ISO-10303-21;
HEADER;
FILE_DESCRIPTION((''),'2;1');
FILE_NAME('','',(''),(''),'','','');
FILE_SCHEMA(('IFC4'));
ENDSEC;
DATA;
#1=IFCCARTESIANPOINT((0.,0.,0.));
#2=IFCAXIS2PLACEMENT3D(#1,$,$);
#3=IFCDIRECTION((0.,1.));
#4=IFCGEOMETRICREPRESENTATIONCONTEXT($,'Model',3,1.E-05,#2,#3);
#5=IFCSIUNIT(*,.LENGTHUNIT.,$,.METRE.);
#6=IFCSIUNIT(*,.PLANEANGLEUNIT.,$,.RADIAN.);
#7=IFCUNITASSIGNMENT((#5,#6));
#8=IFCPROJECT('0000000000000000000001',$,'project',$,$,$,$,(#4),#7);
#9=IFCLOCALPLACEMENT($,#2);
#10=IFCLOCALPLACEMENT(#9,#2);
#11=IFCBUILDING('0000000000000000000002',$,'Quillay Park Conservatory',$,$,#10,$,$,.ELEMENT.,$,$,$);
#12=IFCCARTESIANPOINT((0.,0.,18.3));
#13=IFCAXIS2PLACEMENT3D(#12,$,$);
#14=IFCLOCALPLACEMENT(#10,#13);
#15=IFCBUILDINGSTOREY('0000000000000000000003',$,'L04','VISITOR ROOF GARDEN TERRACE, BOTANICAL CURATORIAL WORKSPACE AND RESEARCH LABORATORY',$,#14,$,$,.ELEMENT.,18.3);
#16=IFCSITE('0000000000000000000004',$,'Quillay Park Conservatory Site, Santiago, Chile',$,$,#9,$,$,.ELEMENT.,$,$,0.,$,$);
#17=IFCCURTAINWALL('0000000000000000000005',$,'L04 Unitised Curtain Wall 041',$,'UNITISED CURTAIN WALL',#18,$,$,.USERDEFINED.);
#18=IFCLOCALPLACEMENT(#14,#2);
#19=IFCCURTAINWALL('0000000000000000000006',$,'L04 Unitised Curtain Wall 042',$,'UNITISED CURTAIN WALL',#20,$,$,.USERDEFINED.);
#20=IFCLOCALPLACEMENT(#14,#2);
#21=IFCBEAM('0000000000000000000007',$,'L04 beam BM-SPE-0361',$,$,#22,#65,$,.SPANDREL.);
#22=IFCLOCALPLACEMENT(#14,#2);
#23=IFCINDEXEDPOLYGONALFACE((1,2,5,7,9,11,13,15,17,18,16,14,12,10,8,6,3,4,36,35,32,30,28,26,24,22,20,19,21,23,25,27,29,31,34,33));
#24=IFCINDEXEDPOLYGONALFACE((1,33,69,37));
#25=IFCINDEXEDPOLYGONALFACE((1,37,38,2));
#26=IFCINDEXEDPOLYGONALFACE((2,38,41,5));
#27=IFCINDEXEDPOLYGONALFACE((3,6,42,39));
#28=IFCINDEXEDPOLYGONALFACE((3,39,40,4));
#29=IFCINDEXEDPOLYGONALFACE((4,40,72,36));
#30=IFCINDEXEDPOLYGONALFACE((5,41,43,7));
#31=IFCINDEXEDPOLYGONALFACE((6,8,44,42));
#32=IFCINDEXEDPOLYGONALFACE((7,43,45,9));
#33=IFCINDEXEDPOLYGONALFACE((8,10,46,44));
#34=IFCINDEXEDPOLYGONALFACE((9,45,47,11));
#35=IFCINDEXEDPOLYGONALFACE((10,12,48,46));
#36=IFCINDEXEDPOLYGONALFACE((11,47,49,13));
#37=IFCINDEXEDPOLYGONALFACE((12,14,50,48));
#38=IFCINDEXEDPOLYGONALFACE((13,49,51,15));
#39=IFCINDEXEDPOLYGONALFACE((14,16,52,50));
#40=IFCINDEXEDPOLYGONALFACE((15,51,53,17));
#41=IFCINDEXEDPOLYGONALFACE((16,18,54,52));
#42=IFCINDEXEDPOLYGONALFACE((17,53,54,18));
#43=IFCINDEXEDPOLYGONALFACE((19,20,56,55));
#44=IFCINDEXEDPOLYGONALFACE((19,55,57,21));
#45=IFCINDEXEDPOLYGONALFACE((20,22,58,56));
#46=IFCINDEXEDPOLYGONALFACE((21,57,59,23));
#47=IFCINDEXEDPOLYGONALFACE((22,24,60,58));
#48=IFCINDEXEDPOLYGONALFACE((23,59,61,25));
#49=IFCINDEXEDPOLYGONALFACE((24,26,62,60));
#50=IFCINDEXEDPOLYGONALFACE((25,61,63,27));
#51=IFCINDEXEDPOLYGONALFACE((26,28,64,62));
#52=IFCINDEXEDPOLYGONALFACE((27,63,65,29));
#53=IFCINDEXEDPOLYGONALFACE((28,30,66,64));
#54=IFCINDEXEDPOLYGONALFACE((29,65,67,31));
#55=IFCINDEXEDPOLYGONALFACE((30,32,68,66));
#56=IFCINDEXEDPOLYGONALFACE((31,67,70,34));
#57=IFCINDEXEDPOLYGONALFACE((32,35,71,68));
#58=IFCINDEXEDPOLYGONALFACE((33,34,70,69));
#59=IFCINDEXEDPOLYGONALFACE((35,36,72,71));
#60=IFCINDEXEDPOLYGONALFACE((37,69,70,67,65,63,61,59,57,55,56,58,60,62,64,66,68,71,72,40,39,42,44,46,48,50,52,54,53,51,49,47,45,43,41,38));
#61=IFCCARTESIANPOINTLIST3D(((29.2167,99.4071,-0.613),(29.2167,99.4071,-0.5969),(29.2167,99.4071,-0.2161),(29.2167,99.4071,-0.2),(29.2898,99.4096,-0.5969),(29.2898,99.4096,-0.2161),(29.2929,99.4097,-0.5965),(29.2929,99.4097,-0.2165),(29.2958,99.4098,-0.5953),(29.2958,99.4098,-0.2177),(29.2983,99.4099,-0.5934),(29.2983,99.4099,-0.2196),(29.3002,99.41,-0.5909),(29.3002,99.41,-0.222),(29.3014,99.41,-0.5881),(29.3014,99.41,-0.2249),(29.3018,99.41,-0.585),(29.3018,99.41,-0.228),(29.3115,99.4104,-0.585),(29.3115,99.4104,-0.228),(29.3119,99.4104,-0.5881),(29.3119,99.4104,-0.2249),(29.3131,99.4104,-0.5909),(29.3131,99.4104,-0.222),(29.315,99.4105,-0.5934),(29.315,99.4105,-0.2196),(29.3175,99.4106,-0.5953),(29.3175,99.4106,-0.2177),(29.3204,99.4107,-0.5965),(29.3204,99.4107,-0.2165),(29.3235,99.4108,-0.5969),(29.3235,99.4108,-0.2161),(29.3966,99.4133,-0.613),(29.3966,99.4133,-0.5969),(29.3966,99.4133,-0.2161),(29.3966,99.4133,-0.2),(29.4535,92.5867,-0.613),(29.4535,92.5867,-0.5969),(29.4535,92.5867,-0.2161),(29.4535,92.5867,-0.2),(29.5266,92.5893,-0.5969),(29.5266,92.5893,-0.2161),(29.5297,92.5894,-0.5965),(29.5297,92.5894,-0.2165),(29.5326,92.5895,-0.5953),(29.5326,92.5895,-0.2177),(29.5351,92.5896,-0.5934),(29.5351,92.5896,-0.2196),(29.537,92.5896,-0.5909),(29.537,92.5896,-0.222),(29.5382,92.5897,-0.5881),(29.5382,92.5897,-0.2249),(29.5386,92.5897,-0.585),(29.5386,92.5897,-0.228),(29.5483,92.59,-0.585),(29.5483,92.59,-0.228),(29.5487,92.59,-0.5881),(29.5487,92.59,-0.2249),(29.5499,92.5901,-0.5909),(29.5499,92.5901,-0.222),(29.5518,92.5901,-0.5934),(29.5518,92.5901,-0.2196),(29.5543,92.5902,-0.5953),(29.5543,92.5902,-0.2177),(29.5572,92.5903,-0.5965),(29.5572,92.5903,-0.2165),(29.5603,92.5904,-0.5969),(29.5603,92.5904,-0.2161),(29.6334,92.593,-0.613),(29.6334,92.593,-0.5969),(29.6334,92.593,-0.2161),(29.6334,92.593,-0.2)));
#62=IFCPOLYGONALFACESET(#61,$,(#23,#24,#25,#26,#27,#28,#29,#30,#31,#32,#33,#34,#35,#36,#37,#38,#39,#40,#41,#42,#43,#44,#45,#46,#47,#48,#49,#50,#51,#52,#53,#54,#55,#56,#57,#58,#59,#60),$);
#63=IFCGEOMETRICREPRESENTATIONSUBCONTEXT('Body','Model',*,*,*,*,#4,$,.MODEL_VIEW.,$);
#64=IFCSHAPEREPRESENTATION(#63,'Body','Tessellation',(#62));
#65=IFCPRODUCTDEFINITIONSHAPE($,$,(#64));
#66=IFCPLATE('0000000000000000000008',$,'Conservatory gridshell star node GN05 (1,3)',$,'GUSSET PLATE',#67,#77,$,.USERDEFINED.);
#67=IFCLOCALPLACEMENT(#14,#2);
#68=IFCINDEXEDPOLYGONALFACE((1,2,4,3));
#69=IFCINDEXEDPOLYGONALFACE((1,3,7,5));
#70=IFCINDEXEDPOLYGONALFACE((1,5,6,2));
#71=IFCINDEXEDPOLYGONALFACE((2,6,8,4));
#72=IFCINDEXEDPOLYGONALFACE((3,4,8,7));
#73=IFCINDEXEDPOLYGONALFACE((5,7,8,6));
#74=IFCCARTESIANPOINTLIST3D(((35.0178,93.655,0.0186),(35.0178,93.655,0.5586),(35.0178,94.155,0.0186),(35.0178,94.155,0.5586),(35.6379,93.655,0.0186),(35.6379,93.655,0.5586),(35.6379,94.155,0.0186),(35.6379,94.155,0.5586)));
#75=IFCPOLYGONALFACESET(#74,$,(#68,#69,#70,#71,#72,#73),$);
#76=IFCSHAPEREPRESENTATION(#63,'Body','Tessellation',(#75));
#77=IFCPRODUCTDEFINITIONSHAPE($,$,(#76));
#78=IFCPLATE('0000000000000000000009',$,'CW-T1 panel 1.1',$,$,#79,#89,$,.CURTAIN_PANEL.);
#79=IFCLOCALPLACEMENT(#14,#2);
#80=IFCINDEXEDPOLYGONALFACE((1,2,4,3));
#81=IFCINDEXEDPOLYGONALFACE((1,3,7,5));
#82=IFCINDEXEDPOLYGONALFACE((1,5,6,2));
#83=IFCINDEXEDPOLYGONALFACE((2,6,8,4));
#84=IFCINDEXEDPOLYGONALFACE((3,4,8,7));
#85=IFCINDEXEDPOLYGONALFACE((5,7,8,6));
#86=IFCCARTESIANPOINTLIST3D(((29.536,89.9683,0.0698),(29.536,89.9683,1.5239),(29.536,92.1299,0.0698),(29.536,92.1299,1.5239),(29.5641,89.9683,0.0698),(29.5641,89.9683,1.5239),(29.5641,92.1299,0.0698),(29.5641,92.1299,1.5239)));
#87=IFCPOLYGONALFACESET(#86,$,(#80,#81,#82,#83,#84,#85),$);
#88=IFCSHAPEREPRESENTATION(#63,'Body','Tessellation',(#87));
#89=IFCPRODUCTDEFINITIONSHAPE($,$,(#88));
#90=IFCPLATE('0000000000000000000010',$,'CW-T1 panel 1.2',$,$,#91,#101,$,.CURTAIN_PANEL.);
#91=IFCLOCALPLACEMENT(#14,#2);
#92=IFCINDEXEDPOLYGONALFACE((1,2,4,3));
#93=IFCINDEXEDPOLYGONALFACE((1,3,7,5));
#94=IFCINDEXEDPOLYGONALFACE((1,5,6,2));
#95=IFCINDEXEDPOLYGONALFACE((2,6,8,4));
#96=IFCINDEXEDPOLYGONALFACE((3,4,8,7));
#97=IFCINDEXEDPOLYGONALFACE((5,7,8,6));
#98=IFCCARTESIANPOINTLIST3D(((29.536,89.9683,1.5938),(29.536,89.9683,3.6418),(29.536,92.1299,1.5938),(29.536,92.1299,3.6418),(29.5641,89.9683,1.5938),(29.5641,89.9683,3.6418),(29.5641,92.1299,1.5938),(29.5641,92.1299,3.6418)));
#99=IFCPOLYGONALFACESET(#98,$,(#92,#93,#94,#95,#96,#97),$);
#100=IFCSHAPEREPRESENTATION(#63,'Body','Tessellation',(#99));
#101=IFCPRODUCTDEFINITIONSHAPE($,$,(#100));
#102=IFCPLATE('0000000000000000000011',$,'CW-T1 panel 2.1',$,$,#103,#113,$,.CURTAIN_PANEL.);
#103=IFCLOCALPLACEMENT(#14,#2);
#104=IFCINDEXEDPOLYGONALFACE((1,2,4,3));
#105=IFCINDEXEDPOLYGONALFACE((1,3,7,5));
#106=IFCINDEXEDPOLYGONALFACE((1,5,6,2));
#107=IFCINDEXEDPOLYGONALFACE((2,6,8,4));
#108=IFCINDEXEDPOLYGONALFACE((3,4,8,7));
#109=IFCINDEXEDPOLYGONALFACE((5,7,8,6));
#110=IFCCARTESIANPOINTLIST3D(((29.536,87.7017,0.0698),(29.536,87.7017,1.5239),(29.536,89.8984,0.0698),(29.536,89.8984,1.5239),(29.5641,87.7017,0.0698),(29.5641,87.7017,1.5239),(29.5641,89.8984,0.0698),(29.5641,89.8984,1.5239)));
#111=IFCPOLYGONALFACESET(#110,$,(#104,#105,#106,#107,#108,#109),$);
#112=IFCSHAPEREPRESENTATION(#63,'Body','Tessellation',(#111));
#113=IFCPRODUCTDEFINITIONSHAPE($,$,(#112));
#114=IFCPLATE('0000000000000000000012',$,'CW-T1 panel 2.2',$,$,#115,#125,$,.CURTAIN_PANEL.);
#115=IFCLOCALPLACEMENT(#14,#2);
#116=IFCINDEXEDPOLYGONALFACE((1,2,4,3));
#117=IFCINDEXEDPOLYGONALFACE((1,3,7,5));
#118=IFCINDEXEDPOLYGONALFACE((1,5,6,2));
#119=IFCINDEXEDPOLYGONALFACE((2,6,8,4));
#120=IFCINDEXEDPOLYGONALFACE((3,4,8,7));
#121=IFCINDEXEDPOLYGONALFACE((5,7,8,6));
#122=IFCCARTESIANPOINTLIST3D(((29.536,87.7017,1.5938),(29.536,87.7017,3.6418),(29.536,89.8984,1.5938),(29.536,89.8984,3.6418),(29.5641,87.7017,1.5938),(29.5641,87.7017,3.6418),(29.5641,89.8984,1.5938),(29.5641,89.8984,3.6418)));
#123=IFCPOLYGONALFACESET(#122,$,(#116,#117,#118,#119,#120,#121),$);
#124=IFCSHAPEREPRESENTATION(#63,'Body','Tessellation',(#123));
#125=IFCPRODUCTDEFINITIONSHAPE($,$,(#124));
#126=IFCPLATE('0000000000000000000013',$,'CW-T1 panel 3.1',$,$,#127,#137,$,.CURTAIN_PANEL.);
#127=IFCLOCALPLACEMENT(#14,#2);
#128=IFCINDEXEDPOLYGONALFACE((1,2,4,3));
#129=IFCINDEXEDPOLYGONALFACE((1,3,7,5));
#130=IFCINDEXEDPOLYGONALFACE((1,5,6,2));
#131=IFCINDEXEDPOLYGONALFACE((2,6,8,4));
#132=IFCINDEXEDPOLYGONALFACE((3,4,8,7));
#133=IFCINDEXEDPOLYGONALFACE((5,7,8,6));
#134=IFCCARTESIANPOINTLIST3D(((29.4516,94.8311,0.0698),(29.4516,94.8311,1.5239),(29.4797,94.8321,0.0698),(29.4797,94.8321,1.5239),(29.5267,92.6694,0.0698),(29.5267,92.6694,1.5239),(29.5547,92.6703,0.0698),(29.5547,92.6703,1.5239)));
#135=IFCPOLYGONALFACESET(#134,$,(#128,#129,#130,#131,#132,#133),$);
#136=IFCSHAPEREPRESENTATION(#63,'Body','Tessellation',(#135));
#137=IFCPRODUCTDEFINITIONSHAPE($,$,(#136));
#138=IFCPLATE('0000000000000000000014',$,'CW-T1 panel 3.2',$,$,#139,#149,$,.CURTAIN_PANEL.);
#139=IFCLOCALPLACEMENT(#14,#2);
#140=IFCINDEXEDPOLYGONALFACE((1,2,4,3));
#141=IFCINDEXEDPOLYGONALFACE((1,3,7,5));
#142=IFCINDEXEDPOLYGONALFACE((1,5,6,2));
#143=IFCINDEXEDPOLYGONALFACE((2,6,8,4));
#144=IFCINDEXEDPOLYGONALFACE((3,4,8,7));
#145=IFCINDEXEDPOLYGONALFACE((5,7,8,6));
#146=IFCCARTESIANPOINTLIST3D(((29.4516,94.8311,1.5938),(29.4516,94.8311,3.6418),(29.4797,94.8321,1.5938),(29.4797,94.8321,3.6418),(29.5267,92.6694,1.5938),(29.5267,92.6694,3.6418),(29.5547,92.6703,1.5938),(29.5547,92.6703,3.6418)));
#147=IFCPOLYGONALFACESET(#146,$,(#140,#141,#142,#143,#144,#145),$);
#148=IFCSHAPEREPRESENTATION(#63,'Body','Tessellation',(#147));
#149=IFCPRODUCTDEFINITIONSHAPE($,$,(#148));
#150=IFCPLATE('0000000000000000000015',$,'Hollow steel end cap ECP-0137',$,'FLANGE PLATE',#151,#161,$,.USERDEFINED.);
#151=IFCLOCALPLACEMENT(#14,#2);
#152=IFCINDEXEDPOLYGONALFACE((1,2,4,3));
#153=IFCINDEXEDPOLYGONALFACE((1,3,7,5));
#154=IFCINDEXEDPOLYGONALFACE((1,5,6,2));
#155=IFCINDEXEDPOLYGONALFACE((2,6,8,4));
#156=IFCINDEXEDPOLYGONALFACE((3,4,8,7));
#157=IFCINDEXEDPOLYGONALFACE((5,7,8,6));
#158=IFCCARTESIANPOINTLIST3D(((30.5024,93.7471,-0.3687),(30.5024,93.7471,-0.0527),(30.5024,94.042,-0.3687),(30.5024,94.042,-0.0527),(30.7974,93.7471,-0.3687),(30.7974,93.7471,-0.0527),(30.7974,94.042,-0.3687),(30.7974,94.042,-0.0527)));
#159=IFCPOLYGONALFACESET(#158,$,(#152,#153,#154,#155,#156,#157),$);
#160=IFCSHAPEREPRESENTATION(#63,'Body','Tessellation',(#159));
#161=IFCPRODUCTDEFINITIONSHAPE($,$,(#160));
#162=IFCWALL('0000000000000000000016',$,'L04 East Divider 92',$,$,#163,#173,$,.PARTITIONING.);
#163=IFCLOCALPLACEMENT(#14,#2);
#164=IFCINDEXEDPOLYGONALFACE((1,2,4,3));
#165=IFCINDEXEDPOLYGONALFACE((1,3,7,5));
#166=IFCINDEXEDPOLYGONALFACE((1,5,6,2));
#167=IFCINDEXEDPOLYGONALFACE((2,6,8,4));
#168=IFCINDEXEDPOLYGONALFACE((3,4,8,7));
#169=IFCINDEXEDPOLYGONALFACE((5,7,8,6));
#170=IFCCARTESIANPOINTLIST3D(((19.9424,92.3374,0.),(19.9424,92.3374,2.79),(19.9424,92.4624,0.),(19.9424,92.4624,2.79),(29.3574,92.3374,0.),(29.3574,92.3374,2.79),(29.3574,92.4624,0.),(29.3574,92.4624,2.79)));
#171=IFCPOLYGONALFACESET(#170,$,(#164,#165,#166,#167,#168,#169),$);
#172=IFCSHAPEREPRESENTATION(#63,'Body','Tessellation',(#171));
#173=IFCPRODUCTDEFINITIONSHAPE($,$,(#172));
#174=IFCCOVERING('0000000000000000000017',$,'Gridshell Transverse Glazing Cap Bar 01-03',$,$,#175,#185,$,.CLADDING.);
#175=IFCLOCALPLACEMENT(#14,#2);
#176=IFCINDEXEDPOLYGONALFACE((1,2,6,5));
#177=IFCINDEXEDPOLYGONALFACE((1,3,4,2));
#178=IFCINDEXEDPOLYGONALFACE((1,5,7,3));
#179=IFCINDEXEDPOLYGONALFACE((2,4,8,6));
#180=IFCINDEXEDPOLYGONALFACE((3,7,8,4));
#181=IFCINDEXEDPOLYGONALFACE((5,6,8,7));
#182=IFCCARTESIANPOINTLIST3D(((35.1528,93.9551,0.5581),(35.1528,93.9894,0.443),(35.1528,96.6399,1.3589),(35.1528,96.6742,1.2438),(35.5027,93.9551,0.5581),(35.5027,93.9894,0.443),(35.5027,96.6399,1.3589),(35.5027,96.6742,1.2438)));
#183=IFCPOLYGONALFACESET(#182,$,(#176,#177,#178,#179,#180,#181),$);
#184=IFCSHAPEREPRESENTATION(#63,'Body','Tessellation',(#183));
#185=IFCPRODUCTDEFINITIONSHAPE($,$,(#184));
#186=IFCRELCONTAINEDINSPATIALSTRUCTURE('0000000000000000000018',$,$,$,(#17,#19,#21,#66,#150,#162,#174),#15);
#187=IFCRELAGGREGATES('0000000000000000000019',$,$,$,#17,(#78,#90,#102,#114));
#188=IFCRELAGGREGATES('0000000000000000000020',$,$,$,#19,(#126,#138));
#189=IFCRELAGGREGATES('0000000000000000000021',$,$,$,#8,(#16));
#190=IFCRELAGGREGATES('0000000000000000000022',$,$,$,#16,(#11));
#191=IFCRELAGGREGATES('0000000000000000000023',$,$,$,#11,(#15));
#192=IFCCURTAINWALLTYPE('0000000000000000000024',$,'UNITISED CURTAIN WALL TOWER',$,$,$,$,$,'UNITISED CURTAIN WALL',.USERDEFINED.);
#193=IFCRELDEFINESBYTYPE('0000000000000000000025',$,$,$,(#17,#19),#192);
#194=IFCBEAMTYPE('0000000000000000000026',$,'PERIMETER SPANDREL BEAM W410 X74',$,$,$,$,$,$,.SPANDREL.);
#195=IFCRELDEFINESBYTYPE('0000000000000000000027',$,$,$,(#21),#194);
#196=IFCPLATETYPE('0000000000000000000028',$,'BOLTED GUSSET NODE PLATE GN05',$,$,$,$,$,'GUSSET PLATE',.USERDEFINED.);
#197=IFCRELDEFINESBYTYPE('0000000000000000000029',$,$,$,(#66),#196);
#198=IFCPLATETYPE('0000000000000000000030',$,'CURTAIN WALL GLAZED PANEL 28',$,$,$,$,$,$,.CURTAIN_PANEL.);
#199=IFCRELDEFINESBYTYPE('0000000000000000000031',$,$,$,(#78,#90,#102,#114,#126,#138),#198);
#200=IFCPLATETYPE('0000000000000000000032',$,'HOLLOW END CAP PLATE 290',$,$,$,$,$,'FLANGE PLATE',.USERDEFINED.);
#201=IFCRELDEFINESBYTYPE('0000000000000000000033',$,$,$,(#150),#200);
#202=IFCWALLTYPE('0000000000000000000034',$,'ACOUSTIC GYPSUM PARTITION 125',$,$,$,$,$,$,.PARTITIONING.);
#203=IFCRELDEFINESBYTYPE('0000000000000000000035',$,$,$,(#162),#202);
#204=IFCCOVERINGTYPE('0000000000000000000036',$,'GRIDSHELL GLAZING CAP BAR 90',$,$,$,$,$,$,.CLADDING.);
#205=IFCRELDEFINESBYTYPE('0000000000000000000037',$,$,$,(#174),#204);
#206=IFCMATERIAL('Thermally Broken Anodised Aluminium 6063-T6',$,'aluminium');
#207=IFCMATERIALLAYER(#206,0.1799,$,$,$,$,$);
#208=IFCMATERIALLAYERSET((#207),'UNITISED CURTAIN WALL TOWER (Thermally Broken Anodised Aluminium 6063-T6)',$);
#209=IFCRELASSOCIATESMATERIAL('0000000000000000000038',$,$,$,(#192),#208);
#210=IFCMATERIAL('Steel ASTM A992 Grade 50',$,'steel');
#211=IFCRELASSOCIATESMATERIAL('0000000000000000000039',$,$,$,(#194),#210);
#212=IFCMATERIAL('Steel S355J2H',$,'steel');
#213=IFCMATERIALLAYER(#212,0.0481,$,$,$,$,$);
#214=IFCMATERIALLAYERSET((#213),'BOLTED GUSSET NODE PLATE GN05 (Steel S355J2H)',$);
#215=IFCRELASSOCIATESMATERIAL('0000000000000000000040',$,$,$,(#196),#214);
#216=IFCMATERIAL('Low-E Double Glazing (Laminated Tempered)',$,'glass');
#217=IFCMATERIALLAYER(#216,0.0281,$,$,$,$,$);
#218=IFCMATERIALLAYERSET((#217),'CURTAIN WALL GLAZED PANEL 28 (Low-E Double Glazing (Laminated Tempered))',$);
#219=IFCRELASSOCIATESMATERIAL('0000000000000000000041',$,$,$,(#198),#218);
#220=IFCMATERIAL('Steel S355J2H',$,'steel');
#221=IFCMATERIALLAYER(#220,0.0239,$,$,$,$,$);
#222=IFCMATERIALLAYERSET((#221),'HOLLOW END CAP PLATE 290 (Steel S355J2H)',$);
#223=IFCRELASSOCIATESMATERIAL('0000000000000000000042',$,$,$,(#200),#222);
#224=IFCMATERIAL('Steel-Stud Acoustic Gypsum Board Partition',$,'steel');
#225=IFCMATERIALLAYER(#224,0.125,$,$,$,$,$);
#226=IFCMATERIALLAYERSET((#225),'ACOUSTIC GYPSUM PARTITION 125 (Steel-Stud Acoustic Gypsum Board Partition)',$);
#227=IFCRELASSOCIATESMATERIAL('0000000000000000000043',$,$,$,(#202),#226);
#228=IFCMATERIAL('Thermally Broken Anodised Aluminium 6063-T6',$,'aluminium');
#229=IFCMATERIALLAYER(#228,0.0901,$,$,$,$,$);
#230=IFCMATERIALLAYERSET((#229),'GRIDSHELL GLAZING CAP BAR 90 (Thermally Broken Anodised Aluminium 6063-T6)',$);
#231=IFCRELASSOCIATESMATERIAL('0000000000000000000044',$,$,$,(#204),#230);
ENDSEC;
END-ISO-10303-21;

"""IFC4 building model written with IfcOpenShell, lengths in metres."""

from ifc_helpers import new_model, si_unit, direction, frame, frame_2d, origin, origin_2d, place, context, subcontext, project, spatial, polyline, rectangle, i_section, outline, extrude, material, layer, layer_set, material_profile, profile_set, type_object, element, aggregate, save


model = new_model("IFC4")

# Units and contexts
model_context = context("Model", 3, precision=1e-05, world=origin(), true_north=direction((0.0, 1.0)))
body_context = subcontext(model_context, "Body", "Model", "MODEL_VIEW")
ifc_project = project(units=[si_unit("LENGTHUNIT", "METRE"), si_unit("PLANEANGLEUNIT", "RADIAN")], contexts=[model_context])

# Site, building, storey
site_placement = place(None, origin())
site = spatial("IfcSite", under=ifc_project, at=site_placement, Name="Quillay Park Conservatory Site, Santiago, Chile", CompositionType="ELEMENT", RefElevation=0.0)
building_placement = place(site_placement, origin())
building = spatial("IfcBuilding", under=site, at=building_placement, Name="Quillay Park Conservatory", CompositionType="ELEMENT")
storey_placement = place(building_placement, frame((0.0, 0.0, 18.3)))
storey = spatial("IfcBuildingStorey", under=building, at=storey_placement, Name="L04", Description="VISITOR ROOF GARDEN TERRACE, BOTANICAL CURATORIAL WORKSPACE AND RESEARCH LABORATORY", CompositionType="ELEMENT", Elevation=18.3)

# Curtain wall
ifc_material_1 = material(Name="Thermally Broken Anodised Aluminium 6063-T6", Category="aluminium")
ifc_layer_1 = layer(ifc_material_1, 0.1799)
ifc_layer_set_1 = layer_set([ifc_layer_1], Name="UNITISED CURTAIN WALL TOWER (Thermally Broken Anodised Aluminium 6063-T6)")
curtain_wall_type = type_object("IfcCurtainWallType", Name="UNITISED CURTAIN WALL TOWER", ElementType="UNITISED CURTAIN WALL", PredefinedType="USERDEFINED", material=ifc_layer_set_1)
curtain_wall_1_placement = place(storey_placement, origin())
curtain_wall_1 = element("IfcCurtainWall", 1, at=curtain_wall_1_placement, inside=storey, type_object=curtain_wall_type, Name="L04 Unitised Curtain Wall 041", ObjectType="UNITISED CURTAIN WALL", PredefinedType="USERDEFINED")

# Curtain wall
curtain_wall_2_placement = place(storey_placement, origin())
curtain_wall_2 = element("IfcCurtainWall", 2, at=curtain_wall_2_placement, inside=storey, type_object=curtain_wall_type, Name="L04 Unitised Curtain Wall 042", ObjectType="UNITISED CURTAIN WALL", PredefinedType="USERDEFINED")

# Beam
ifc_material_2 = material(Name="Steel ASTM A992 Grade 50", Category="steel")
ifc_material_profile_1 = material_profile(ifc_material_2, i_section(OverallWidth=0.1799, OverallDepth=0.4131, WebThickness=0.0098, FlangeThickness=0.0161, FilletRadius=0.012, at=origin_2d()), Name="W410x74")
ifc_profile_set_1 = profile_set([ifc_material_profile_1], Name="Steel ASTM A992 Grade 50")
beam_type_1 = type_object("IfcBeamType", Name="PERIMETER SPANDREL BEAM W410 X74", PredefinedType="SPANDREL", material=ifc_profile_set_1)
beam_placement = place(storey_placement, frame((29.5435, 92.5898, -0.4065), z_axis=(-0.034701, 0.999398, 0.0), x_axis=(-0.999398, -0.034701, 0.0)))
element("IfcBeam", 3, at=beam_placement, inside=storey, type_object=beam_type_1, Name="L04 beam BM-SPE-0361", PredefinedType="SPANDREL", context=body_context, shape_type="SweptSolid", body=[
    extrude(i_section(OverallWidth=0.1799, OverallDepth=0.4131, WebThickness=0.0098, FlangeThickness=0.0161, FilletRadius=0.012, at=origin_2d()), origin(), (0.0, 0.0, 1.0), 6.8245),
])

# Plates
ifc_material_3 = material(Name="Steel S355J2H", Category="steel")
ifc_layer_2 = layer(ifc_material_3, 0.0481)
ifc_layer_set_2 = layer_set([ifc_layer_2], Name="BOLTED GUSSET NODE PLATE GN05 (Steel S355J2H)")
plate_type_1 = type_object("IfcPlateType", Name="BOLTED GUSSET NODE PLATE GN05", ElementType="GUSSET PLATE", PredefinedType="USERDEFINED", material=ifc_layer_set_2)
plate_1_placement = place(storey_placement, frame((35.3279, 93.905, 0.0186), z_axis=(0.0, 0.0, 1.0), x_axis=(1.0, 0.0, 0.0)))
element("IfcPlate", 4, at=plate_1_placement, inside=storey, type_object=plate_type_1, Name="Conservatory gridshell star node GN05 (1,3)", ObjectType="GUSSET PLATE", PredefinedType="USERDEFINED", context=body_context, shape_type="SweptSolid", body=[
    extrude(rectangle(XDim=0.6201, YDim=0.5, at=origin_2d()), origin(), (0.0, 0.0, 1.0), 0.54),
])
ifc_material_4 = material(Name="Low-E Double Glazing (Laminated Tempered)", Category="glass")
ifc_layer_3 = layer(ifc_material_4, 0.0281)
ifc_layer_set_3 = layer_set([ifc_layer_3], Name="CURTAIN WALL GLAZED PANEL 28 (Low-E Double Glazing (Laminated Tempered))")
plate_type_2 = type_object("IfcPlateType", Name="CURTAIN WALL GLAZED PANEL 28", PredefinedType="CURTAIN_PANEL", material=ifc_layer_set_3)
plate_2_placement = place(storey_placement, frame((29.55, 91.0491, 0.0698), z_axis=(0.0, 0.0, 1.0), x_axis=(0.0, -1.0, 0.0)))
plate_2 = element("IfcPlate", 5, at=plate_2_placement, type_object=plate_type_2, Name="CW-T1 panel 1.1", PredefinedType="CURTAIN_PANEL", context=body_context, shape_type="SweptSolid", body=[
    extrude(rectangle(XDim=2.1616, YDim=0.0281, at=origin_2d()), origin(), (0.0, 0.0, 1.0), 1.4541),
])
plate_3_placement = place(storey_placement, frame((29.55, 91.0491, 1.5938), z_axis=(0.0, 0.0, 1.0), x_axis=(0.0, -1.0, 0.0)))
plate_3 = element("IfcPlate", 6, at=plate_3_placement, type_object=plate_type_2, Name="CW-T1 panel 1.2", PredefinedType="CURTAIN_PANEL", context=body_context, shape_type="SweptSolid", body=[
    extrude(rectangle(XDim=2.1616, YDim=0.0281, at=origin_2d()), origin(), (0.0, 0.0, 1.0), 2.0481),
])
plate_4_placement = place(storey_placement, frame((29.55, 88.8, 0.0698), z_axis=(0.0, 0.0, 1.0), x_axis=(0.0, -1.0, 0.0)))
plate_4 = element("IfcPlate", 7, at=plate_4_placement, type_object=plate_type_2, Name="CW-T1 panel 2.1", PredefinedType="CURTAIN_PANEL", context=body_context, shape_type="SweptSolid", body=[
    extrude(rectangle(XDim=2.1968, YDim=0.0281, at=origin_2d()), origin(), (0.0, 0.0, 1.0), 1.4541),
])
plate_5_placement = place(storey_placement, frame((29.55, 88.8, 1.5938), z_axis=(0.0, 0.0, 1.0), x_axis=(0.0, -1.0, 0.0)))
plate_5 = element("IfcPlate", 8, at=plate_5_placement, type_object=plate_type_2, Name="CW-T1 panel 2.2", PredefinedType="CURTAIN_PANEL", context=body_context, shape_type="SweptSolid", body=[
    extrude(rectangle(XDim=2.1968, YDim=0.0281, at=origin_2d()), origin(), (0.0, 0.0, 1.0), 2.0481),
])
aggregate(curtain_wall_1, [plate_2, plate_3, plate_4, plate_5])
plate_6_placement = place(storey_placement, frame((29.5032, 93.7507, 0.0698), z_axis=(0.0, 0.0, 1.0), x_axis=(0.034713, -0.999397, 0.0)))
plate_6 = element("IfcPlate", 9, at=plate_6_placement, type_object=plate_type_2, Name="CW-T1 panel 3.1", PredefinedType="CURTAIN_PANEL", context=body_context, shape_type="SweptSolid", body=[
    extrude(rectangle(XDim=2.1631, YDim=0.0281, at=origin_2d()), origin(), (0.0, 0.0, 1.0), 1.4541),
])
plate_7_placement = place(storey_placement, frame((29.5032, 93.7507, 1.5938), z_axis=(0.0, 0.0, 1.0), x_axis=(0.034713, -0.999397, 0.0)))
plate_7 = element("IfcPlate", 10, at=plate_7_placement, type_object=plate_type_2, Name="CW-T1 panel 3.2", PredefinedType="CURTAIN_PANEL", context=body_context, shape_type="SweptSolid", body=[
    extrude(rectangle(XDim=2.1631, YDim=0.0281, at=origin_2d()), origin(), (0.0, 0.0, 1.0), 2.0481),
])
aggregate(curtain_wall_2, [plate_6, plate_7])
ifc_material_5 = material(Name="Steel S355J2H", Category="steel")
ifc_layer_4 = layer(ifc_material_5, 0.0239)
ifc_layer_set_4 = layer_set([ifc_layer_4], Name="HOLLOW END CAP PLATE 290 (Steel S355J2H)")
plate_type_3 = type_object("IfcPlateType", Name="HOLLOW END CAP PLATE 290", ElementType="FLANGE PLATE", PredefinedType="USERDEFINED", material=ifc_layer_set_4)
plate_8_placement = place(storey_placement, frame((30.6499, 93.8945, -0.3687), z_axis=(0.0, 0.0, 1.0), x_axis=(1.0, 0.0, 0.0)))
element("IfcPlate", 11, at=plate_8_placement, inside=storey, type_object=plate_type_3, Name="Hollow steel end cap ECP-0137", ObjectType="FLANGE PLATE", PredefinedType="USERDEFINED", context=body_context, shape_type="SweptSolid", body=[
    extrude(rectangle(XDim=0.2949, YDim=0.2949, at=origin_2d()), origin(), (0.0, 0.0, 1.0), 0.3159),
])

# Wall
ifc_material_6 = material(Name="Steel-Stud Acoustic Gypsum Board Partition", Category="steel")
ifc_layer_5 = layer(ifc_material_6, 0.125)
ifc_layer_set_5 = layer_set([ifc_layer_5], Name="ACOUSTIC GYPSUM PARTITION 125 (Steel-Stud Acoustic Gypsum Board Partition)")
wall_type = type_object("IfcWallType", Name="ACOUSTIC GYPSUM PARTITION 125", PredefinedType="PARTITIONING", material=ifc_layer_set_5)
wall_placement = place(storey_placement, frame((29.3574, 92.3999, 0.0), z_axis=(0.0, 0.0, 1.0), x_axis=(-1.0, 0.0, 0.0)))
element("IfcWall", 12, at=wall_placement, inside=storey, type_object=wall_type, Name="L04 East Divider 92", PredefinedType="PARTITIONING", context=body_context, shape_type="SweptSolid", body=[
    extrude(rectangle(XDim=9.415, YDim=0.125, at=frame_2d((4.7075, 0.0))), origin(), (0.0, 0.0, 1.0), 2.79),
])

# Covering
ifc_material_7 = material(Name="Thermally Broken Anodised Aluminium 6063-T6", Category="aluminium")
ifc_layer_6 = layer(ifc_material_7, 0.0901)
ifc_layer_set_6 = layer_set([ifc_layer_6], Name="GRIDSHELL GLAZING CAP BAR 90 (Thermally Broken Anodised Aluminium 6063-T6)")
covering_type = type_object("IfcCoveringType", Name="GRIDSHELL GLAZING CAP BAR 90", PredefinedType="CLADDING", material=ifc_layer_set_6)
covering_1_placement = place(storey_placement, frame((35.1528, 93.9551, 0.5581), z_axis=(0.0, -0.285821, 0.958283), x_axis=(1.0, 0.0, 0.0)))
element("IfcCovering", 13, at=covering_1_placement, inside=storey, type_object=covering_type, Name="Gridshell Transverse Glazing Cap Bar 01-03", PredefinedType="CLADDING", context=body_context, shape_type="SweptSolid", body=[
    extrude(outline(polyline([(0.0, 0.0), (0.3499, 0.0), (0.3499, 2.8017), (0.0, 2.8017), (0.0, 0.0)])), origin(), (0.0, 0.0, -1.0), 0.1201),
])

save(model, "model.ifc")
